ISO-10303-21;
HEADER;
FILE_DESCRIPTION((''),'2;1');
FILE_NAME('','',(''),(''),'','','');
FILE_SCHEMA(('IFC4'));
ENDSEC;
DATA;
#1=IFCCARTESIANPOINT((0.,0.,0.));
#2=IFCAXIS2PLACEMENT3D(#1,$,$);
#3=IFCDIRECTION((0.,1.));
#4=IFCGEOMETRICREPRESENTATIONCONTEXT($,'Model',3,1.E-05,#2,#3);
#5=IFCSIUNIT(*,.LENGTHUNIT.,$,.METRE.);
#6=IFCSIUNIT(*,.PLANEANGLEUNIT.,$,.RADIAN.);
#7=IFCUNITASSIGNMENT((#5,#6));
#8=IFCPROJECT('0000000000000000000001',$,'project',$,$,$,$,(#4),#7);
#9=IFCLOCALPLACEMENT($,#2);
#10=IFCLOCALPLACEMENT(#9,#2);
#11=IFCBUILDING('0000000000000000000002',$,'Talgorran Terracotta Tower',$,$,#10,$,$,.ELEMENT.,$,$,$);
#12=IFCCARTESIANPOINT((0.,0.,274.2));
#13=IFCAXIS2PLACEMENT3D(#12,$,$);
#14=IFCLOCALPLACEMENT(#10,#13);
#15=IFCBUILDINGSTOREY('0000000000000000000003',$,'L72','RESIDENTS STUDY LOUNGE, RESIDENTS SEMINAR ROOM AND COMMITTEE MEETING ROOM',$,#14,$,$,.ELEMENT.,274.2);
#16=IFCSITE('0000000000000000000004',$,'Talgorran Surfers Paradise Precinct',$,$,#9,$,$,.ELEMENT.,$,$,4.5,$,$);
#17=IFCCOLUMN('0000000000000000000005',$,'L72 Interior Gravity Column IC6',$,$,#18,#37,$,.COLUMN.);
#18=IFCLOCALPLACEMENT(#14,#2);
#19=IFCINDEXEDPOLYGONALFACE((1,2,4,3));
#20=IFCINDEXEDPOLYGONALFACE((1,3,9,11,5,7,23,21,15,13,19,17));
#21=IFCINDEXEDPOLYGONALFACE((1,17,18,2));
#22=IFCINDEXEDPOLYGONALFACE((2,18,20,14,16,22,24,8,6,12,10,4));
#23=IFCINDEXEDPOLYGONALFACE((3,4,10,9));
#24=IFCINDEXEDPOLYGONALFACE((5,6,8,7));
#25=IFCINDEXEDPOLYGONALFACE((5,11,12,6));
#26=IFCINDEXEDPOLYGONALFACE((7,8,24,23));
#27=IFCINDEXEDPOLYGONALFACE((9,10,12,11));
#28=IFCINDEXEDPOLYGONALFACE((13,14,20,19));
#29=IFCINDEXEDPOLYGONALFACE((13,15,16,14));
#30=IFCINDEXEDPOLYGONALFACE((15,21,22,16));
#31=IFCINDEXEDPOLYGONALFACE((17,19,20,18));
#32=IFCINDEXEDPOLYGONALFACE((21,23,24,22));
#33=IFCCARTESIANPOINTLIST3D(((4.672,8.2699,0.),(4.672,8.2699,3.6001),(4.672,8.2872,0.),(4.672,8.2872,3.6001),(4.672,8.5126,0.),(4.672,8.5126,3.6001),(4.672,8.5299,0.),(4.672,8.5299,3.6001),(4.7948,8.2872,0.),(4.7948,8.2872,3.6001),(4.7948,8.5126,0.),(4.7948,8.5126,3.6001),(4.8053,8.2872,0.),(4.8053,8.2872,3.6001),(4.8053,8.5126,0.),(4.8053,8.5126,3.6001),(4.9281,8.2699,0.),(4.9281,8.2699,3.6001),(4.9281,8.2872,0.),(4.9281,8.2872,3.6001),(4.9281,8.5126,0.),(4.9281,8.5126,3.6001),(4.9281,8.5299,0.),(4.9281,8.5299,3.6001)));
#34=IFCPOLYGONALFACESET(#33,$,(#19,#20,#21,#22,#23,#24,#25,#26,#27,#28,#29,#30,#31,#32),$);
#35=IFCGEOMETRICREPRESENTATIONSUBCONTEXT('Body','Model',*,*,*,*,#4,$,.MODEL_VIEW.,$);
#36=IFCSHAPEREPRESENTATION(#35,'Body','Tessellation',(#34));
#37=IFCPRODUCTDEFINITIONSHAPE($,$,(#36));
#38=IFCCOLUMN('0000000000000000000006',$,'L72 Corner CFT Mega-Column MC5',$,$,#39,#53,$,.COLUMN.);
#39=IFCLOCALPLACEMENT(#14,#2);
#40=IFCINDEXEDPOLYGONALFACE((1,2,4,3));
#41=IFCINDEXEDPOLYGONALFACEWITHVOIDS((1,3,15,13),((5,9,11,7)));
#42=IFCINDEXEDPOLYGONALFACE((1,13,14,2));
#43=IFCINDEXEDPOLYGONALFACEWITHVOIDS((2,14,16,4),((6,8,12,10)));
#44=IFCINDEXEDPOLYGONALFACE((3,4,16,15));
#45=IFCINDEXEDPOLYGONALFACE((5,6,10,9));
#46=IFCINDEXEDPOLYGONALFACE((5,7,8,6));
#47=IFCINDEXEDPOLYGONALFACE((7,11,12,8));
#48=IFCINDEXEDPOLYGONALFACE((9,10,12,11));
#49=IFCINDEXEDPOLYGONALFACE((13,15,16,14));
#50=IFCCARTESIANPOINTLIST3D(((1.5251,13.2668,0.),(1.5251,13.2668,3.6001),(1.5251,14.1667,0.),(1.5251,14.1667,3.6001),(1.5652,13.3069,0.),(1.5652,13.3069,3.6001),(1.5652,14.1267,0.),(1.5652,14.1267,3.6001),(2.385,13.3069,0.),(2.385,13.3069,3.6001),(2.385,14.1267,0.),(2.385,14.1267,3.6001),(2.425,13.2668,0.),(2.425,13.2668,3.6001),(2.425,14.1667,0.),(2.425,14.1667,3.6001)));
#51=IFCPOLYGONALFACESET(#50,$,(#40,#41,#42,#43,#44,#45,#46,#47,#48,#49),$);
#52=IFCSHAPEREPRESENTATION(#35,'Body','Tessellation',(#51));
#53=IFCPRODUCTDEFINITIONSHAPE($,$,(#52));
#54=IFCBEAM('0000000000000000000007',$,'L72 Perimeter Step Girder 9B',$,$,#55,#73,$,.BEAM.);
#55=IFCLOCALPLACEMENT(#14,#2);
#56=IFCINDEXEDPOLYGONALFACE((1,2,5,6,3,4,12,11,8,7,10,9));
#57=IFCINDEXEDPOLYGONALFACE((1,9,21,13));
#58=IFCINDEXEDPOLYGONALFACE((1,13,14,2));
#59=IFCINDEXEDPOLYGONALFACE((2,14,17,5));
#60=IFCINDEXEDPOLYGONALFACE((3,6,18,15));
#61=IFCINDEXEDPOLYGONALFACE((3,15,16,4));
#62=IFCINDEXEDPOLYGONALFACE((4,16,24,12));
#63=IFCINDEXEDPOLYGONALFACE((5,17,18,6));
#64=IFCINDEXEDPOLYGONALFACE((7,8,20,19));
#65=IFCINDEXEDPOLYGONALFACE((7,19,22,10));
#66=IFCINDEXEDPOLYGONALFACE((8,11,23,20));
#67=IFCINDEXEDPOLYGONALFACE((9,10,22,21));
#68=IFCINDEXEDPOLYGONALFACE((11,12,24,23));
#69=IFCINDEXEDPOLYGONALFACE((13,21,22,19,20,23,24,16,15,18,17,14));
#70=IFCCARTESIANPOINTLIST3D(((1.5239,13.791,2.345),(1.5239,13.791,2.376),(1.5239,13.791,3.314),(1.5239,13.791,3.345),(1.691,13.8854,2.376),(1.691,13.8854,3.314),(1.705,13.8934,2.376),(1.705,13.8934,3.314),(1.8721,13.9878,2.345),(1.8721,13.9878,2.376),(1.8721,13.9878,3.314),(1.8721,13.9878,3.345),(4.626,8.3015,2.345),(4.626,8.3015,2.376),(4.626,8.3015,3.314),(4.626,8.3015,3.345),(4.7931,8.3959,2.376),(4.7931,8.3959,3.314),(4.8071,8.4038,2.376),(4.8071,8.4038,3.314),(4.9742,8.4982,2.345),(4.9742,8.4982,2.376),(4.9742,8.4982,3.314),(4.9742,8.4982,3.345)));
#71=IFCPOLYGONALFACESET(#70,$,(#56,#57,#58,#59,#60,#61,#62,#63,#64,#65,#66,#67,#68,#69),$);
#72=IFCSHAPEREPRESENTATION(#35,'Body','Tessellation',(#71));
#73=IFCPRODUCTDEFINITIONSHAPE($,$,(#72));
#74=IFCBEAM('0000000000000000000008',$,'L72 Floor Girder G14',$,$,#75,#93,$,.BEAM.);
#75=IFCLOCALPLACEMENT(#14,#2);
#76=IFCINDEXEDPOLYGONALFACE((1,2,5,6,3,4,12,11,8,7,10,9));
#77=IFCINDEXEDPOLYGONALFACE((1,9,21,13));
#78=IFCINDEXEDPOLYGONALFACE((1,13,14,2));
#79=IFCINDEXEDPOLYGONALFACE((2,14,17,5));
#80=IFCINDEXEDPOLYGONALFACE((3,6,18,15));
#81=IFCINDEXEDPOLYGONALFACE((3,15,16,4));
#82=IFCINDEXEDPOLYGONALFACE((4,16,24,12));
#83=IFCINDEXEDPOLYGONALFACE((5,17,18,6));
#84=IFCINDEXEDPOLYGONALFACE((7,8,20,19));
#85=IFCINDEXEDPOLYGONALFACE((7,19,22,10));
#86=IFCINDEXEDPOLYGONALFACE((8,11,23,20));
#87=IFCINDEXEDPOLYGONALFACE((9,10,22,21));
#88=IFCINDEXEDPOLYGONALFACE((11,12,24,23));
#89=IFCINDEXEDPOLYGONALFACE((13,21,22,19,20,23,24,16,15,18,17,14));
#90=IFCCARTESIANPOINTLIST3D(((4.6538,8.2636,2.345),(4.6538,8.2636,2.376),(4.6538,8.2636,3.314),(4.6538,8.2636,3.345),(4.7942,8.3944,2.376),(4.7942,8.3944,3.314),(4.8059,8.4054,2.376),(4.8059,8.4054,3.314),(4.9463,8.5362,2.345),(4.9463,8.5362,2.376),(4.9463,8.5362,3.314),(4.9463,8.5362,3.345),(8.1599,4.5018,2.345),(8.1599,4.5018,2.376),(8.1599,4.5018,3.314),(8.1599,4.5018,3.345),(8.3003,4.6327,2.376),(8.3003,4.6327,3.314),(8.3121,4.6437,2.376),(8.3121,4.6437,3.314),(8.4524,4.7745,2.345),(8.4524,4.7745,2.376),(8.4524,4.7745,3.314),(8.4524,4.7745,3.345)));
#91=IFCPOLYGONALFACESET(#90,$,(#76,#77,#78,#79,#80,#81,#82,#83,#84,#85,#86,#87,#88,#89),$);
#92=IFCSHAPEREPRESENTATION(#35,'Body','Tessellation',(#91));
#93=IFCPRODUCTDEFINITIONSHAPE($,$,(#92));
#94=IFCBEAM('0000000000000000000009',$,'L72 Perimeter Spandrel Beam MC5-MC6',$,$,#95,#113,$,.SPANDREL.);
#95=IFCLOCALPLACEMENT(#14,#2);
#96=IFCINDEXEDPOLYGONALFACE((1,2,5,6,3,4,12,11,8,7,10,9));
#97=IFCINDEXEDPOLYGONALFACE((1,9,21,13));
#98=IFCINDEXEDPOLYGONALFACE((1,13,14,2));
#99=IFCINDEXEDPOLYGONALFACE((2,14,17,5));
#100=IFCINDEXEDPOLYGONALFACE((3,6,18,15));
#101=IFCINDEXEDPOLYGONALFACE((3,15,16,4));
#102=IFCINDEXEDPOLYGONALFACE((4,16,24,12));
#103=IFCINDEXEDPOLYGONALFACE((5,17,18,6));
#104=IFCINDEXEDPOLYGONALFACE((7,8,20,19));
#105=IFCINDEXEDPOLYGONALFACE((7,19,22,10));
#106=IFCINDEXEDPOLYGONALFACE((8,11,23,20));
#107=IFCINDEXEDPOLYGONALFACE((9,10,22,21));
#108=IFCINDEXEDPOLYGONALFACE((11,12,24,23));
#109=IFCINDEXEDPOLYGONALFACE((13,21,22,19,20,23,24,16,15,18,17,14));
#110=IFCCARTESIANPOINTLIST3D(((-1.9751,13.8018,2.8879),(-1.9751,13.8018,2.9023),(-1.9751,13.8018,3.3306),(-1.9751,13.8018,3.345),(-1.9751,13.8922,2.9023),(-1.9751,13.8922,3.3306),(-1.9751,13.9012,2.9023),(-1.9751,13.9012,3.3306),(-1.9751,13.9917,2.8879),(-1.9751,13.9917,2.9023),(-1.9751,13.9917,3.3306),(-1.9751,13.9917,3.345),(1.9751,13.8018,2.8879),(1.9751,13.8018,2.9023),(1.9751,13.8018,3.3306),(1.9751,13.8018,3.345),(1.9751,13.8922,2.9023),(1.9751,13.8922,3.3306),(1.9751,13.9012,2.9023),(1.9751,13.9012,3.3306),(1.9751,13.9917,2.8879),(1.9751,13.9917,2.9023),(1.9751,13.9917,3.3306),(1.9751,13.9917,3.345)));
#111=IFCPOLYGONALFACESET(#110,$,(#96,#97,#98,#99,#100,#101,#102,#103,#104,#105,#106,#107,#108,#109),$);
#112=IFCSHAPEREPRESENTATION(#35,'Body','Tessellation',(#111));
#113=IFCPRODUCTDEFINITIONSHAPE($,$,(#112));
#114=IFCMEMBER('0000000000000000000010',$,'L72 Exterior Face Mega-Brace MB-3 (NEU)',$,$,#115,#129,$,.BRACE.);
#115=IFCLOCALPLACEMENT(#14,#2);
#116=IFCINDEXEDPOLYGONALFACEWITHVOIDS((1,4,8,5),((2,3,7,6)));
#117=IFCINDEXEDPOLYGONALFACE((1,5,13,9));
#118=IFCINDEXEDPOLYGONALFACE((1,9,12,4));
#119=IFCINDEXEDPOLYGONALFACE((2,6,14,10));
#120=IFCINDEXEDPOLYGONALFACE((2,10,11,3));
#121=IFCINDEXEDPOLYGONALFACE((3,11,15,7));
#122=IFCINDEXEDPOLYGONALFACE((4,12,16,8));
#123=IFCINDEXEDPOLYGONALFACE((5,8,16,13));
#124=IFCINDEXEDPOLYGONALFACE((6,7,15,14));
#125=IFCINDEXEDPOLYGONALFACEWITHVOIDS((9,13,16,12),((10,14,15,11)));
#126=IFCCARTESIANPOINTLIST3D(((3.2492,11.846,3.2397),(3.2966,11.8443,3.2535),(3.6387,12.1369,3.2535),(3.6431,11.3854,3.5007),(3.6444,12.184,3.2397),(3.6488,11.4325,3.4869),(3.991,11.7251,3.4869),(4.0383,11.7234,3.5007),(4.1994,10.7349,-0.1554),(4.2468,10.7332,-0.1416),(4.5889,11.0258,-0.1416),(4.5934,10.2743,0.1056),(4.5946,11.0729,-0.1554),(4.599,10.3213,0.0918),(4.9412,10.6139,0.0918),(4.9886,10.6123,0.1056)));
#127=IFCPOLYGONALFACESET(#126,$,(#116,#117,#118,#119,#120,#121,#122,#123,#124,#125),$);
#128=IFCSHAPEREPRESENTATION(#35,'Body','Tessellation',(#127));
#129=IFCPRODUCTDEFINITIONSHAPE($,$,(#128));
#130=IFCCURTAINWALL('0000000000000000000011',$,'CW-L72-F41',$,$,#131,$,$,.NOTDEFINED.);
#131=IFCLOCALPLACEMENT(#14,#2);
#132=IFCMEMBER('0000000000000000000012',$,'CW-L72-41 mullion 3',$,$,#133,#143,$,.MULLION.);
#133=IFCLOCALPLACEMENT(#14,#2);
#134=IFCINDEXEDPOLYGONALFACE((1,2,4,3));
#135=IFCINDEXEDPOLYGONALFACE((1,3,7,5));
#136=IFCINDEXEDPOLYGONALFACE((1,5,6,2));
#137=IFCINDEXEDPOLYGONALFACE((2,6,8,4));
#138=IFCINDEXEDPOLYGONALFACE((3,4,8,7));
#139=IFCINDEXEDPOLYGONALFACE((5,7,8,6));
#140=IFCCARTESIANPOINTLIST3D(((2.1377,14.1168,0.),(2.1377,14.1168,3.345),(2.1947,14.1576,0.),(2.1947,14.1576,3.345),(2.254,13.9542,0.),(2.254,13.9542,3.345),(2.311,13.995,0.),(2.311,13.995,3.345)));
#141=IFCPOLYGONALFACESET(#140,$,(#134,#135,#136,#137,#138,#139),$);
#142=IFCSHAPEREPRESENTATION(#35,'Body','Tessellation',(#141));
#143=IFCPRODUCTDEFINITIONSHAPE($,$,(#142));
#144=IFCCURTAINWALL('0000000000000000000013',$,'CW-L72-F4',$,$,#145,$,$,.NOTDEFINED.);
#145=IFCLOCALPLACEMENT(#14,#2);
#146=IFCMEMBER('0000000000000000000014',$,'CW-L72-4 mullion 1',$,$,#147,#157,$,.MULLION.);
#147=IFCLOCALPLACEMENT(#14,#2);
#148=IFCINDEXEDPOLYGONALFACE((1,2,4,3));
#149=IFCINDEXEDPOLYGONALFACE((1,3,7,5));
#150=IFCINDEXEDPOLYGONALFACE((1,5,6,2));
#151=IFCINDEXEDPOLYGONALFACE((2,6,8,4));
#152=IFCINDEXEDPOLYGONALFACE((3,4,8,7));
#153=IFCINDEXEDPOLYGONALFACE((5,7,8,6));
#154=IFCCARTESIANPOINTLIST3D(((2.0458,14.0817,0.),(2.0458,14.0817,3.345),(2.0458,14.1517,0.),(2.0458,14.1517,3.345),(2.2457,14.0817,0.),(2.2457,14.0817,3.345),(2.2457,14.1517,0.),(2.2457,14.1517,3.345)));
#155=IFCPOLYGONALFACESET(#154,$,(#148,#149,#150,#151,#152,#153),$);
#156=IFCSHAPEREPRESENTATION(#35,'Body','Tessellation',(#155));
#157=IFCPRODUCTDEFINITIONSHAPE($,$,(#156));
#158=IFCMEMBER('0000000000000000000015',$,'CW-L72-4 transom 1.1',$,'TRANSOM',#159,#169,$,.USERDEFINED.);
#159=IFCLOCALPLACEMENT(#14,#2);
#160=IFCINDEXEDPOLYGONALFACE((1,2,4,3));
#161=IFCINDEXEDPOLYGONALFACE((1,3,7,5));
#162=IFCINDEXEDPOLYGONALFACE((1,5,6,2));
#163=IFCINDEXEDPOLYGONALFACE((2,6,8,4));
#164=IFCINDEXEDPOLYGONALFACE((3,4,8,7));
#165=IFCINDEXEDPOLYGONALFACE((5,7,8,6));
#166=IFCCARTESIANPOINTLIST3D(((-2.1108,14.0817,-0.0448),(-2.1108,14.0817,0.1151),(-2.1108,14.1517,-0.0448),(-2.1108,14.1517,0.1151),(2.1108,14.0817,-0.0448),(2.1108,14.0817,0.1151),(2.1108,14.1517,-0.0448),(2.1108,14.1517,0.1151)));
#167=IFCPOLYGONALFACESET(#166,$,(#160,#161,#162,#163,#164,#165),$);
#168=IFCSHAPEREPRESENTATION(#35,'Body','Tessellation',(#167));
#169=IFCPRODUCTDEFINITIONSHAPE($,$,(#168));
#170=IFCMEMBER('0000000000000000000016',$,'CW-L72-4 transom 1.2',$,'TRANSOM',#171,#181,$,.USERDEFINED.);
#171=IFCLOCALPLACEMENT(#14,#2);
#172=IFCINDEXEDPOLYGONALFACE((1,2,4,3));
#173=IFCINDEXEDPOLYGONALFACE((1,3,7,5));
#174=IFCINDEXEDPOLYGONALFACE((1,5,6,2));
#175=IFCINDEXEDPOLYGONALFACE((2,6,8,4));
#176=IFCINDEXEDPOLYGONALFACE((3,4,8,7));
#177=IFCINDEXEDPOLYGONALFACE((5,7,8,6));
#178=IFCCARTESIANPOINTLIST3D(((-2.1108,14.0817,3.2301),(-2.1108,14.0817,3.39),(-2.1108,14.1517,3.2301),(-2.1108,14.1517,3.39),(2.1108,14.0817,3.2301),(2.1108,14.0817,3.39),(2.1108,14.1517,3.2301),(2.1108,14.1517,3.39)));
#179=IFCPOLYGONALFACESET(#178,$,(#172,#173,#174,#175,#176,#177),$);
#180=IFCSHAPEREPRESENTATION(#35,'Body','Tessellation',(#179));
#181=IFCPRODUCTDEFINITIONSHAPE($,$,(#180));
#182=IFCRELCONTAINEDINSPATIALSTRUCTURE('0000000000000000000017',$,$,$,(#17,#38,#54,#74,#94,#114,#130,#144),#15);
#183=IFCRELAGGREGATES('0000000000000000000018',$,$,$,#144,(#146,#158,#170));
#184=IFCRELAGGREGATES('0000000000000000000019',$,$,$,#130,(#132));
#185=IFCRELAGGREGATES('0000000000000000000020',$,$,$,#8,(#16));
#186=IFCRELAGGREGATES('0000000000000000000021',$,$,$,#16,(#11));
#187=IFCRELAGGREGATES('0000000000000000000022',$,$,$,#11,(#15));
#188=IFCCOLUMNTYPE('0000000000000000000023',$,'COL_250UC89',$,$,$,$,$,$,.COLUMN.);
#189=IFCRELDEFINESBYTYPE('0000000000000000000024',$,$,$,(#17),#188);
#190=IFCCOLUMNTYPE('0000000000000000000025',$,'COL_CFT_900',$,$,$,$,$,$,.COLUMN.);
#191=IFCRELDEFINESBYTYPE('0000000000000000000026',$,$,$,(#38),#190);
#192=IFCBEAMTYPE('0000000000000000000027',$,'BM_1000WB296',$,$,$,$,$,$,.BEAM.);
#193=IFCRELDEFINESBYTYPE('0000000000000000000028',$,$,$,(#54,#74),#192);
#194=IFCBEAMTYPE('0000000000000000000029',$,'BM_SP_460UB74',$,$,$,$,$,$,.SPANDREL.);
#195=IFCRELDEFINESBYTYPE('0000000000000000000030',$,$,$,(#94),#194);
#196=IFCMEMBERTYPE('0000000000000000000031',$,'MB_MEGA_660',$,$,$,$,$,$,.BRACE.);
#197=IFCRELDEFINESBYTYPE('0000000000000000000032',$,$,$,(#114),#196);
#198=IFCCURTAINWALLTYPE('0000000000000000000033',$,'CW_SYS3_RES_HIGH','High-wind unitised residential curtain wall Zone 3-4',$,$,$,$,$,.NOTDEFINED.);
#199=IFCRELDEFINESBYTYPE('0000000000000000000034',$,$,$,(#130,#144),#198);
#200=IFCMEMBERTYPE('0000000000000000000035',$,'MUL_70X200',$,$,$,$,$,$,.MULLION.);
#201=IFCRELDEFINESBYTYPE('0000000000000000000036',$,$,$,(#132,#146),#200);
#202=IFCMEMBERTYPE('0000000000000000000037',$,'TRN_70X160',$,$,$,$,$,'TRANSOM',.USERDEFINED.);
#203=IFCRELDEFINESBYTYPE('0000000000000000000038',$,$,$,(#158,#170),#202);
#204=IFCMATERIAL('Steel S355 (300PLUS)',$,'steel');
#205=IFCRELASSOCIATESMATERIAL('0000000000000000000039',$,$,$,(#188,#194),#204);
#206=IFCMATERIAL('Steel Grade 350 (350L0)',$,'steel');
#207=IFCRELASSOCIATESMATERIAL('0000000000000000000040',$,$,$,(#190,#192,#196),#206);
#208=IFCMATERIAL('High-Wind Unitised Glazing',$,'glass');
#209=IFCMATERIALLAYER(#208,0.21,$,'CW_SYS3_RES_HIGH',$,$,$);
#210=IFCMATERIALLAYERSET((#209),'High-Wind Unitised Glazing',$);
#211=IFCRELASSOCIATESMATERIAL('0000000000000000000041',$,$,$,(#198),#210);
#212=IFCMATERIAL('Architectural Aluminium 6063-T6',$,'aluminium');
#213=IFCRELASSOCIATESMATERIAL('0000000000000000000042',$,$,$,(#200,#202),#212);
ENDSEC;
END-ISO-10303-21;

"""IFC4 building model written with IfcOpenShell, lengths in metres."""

from ifc_helpers import new_model, si_unit, direction, frame, origin, origin_2d, place, context, subcontext, project, spatial, rectangle, hollow_rectangle, i_section, extrude, material, layer, layer_set, material_profile, profile_set, type_object, element, aggregate, save


model = new_model("IFC4")

# Units and contexts
model_context = context("Model", 3, precision=1e-05, world=origin(), true_north=direction((0.0, 1.0)))
body_context = subcontext(model_context, "Body", "Model", "MODEL_VIEW")
ifc_project = project(units=[si_unit("LENGTHUNIT", "METRE"), si_unit("PLANEANGLEUNIT", "RADIAN")], contexts=[model_context])

# Site, building, storey
site_placement = place(None, origin())
site = spatial("IfcSite", under=ifc_project, at=site_placement, Name="Talgorran Surfers Paradise Precinct", CompositionType="ELEMENT", RefElevation=4.5)
building_placement = place(site_placement, origin())
building = spatial("IfcBuilding", under=site, at=building_placement, Name="Talgorran Terracotta Tower", CompositionType="ELEMENT")
storey_placement = place(building_placement, frame((0.0, 0.0, 274.2)))
storey = spatial("IfcBuildingStorey", under=building, at=storey_placement, Name="L72", Description="RESIDENTS STUDY LOUNGE, RESIDENTS SEMINAR ROOM AND COMMITTEE MEETING ROOM", CompositionType="ELEMENT", Elevation=274.2)

# Columns
ifc_material_1 = material(Name="Steel S355 (300PLUS)", Category="steel")
ifc_material_profile_1 = material_profile(ifc_material_1, i_section(OverallWidth=0.2561, OverallDepth=0.26, WebThickness=0.0105, FlangeThickness=0.0173, at=origin_2d()), Name="250UC89.5")
ifc_profile_set_1 = profile_set([ifc_material_profile_1], Name="Steel S355 (300PLUS)")
column_type_1 = type_object("IfcColumnType", Name="COL_250UC89", PredefinedType="COLUMN", material=ifc_profile_set_1)
column_1_placement = place(storey_placement, frame((4.8, 8.3999, 0.0), z_axis=(0.0, 0.0, 1.0), x_axis=(1.0, 0.0, 0.0)))
element("IfcColumn", 1, at=column_1_placement, inside=storey, type_object=column_type_1, Name="L72 Interior Gravity Column IC6", PredefinedType="COLUMN", context=body_context, shape_type="SweptSolid", body=[
    extrude(i_section(OverallWidth=0.2561, OverallDepth=0.26, WebThickness=0.0105, FlangeThickness=0.0173, at=origin_2d()), origin(), (0.0, 0.0, 1.0), 3.6001),
])
ifc_material_2 = material(Name="Steel Grade 350 (350L0)", Category="steel")
ifc_material_profile_2 = material_profile(ifc_material_2, hollow_rectangle(XDim=0.8999, YDim=0.8999, WallThickness=0.04, at=origin_2d()), Name="CFT900X900X40")
ifc_profile_set_2 = profile_set([ifc_material_profile_2], Name="Steel Grade 350 (350L0)")
column_type_2 = type_object("IfcColumnType", Name="COL_CFT_900", PredefinedType="COLUMN", material=ifc_profile_set_2)
column_2_placement = place(storey_placement, frame((1.9751, 13.7168, 0.0), z_axis=(0.0, 0.0, 1.0), x_axis=(1.0, 0.0, 0.0)))
element("IfcColumn", 2, at=column_2_placement, inside=storey, type_object=column_type_2, Name="L72 Corner CFT Mega-Column MC5", PredefinedType="COLUMN", context=body_context, shape_type="SweptSolid", body=[
    extrude(hollow_rectangle(XDim=0.8999, YDim=0.8999, WallThickness=0.04, at=origin_2d()), origin(), (0.0, 0.0, 1.0), 3.6001),
])

# Beams
ifc_material_profile_3 = material_profile(ifc_material_2, i_section(OverallWidth=0.3999, OverallDepth=1.0, WebThickness=0.0161, FlangeThickness=0.031, at=origin_2d()), Name="1000WB296")
ifc_profile_set_3 = profile_set([ifc_material_profile_3], Name="Steel Grade 350 (350L0)")
beam_type_1 = type_object("IfcBeamType", Name="BM_1000WB296", PredefinedType="BEAM", material=ifc_profile_set_3)
beam_1_placement = place(storey_placement, frame((1.698, 13.8894, 2.845), z_axis=(0.491972, -0.870611, 0.0), x_axis=(0.870611, 0.491972, 0.0)))
element("IfcBeam", 3, at=beam_1_placement, inside=storey, type_object=beam_type_1, Name="L72 Perimeter Step Girder 9B", PredefinedType="BEAM", context=body_context, shape_type="SweptSolid", body=[
    extrude(i_section(OverallWidth=0.3999, OverallDepth=1.0, WebThickness=0.0161, FlangeThickness=0.031, at=origin_2d()), origin(), (0.0, 0.0, 1.0), 6.3054),
])
beam_2_placement = place(storey_placement, frame((4.8, 8.3999, 2.845), z_axis=(0.681816, -0.731524, 0.0), x_axis=(0.731524, 0.681816, 0.0)))
element("IfcBeam", 4, at=beam_2_placement, inside=storey, type_object=beam_type_1, Name="L72 Floor Girder G14", PredefinedType="BEAM", context=body_context, shape_type="SweptSolid", body=[
    extrude(i_section(OverallWidth=0.3999, OverallDepth=1.0, WebThickness=0.0161, FlangeThickness=0.031, at=origin_2d()), origin(), (0.0, 0.0, 1.0), 5.1423),
])
ifc_material_profile_4 = material_profile(ifc_material_1, i_section(OverallWidth=0.1899, OverallDepth=0.457, WebThickness=0.009, FlangeThickness=0.0144, at=origin_2d()), Name="460UB74.6")
ifc_profile_set_4 = profile_set([ifc_material_profile_4], Name="Steel S355 (300PLUS)")
beam_type_2 = type_object("IfcBeamType", Name="BM_SP_460UB74", PredefinedType="SPANDREL", material=ifc_profile_set_4)
beam_3_placement = place(storey_placement, frame((1.9751, 13.8967, 3.1165), z_axis=(-1.0, 0.0, 0.0), x_axis=(0.0, -1.0, 0.0)))
element("IfcBeam", 5, at=beam_3_placement, inside=storey, type_object=beam_type_2, Name="L72 Perimeter Spandrel Beam MC5-MC6", PredefinedType="SPANDREL", context=body_context, shape_type="SweptSolid", body=[
    extrude(i_section(OverallWidth=0.1899, OverallDepth=0.457, WebThickness=0.009, FlangeThickness=0.0144, at=origin_2d()), origin(), (0.0, 0.0, 1.0), 3.9502),
])

# Member
ifc_material_profile_5 = material_profile(ifc_material_2, hollow_rectangle(XDim=0.52, YDim=0.6599, WallThickness=0.0349, at=origin_2d()), Name="WBOX660X520X35")
ifc_profile_set_5 = profile_set([ifc_material_profile_5], Name="Steel Grade 350 (350L0)")
member_type_1 = type_object("IfcMemberType", Name="MB_MEGA_660", PredefinedType="BRACE", material=ifc_profile_set_5)
member_1_placement = place(storey_placement, frame((4.594, 10.6736, -0.0249), z_axis=(-0.257058, 0.300584, 0.918461), x_axis=(-0.759987, -0.649938, 0.0)))
element("IfcMember", 6, at=member_1_placement, inside=storey, type_object=member_type_1, Name="L72 Exterior Face Mega-Brace MB-3 (NEU)", PredefinedType="BRACE", context=body_context, shape_type="SweptSolid", body=[
    extrude(hollow_rectangle(XDim=0.52, YDim=0.6599, WallThickness=0.0349, at=origin_2d()), origin(), (0.0, 0.0, 1.0), 3.6965),
])

# Curtain wall, member
ifc_material_3 = material(Name="High-Wind Unitised Glazing", Category="glass")
ifc_layer_1 = layer(ifc_material_3, 0.21, Name="CW_SYS3_RES_HIGH")
ifc_layer_set_1 = layer_set([ifc_layer_1], Name="High-Wind Unitised Glazing")
curtain_wall_type = type_object("IfcCurtainWallType", Name="CW_SYS3_RES_HIGH", Description="High-wind unitised residential curtain wall Zone 3-4", PredefinedType="NOTDEFINED", material=ifc_layer_set_1)
curtain_wall_1_placement = place(storey_placement, origin())
curtain_wall_1 = element("IfcCurtainWall", 7, at=curtain_wall_1_placement, inside=storey, type_object=curtain_wall_type, Name="CW-L72-F41", PredefinedType="NOTDEFINED")
ifc_material_4 = material(Name="Architectural Aluminium 6063-T6", Category="aluminium")
ifc_material_profile_6 = material_profile(ifc_material_4, rectangle(XDim=0.0701, YDim=0.2, at=origin_2d()), Name="CWM70X200")
ifc_profile_set_6 = profile_set([ifc_material_profile_6], Name="Architectural Aluminium 6063-T6")
member_type_2 = type_object("IfcMemberType", Name="MUL_70X200", PredefinedType="MULLION", material=ifc_profile_set_6)
member_2_placement = place(storey_placement, frame((2.2244, 14.0559, 0.0), z_axis=(0.0, 0.0, 1.0), x_axis=(-0.81338, -0.581733, 0.0)))
member_2 = element("IfcMember", 8, at=member_2_placement, type_object=member_type_2, Name="CW-L72-41 mullion 3", PredefinedType="MULLION", context=body_context, shape_type="SweptSolid", body=[
    extrude(rectangle(XDim=0.0701, YDim=0.2, at=origin_2d()), origin(), (0.0, 0.0, 1.0), 3.345),
])

# Curtain wall, members
curtain_wall_2_placement = place(storey_placement, origin())
curtain_wall_2 = element("IfcCurtainWall", 9, at=curtain_wall_2_placement, inside=storey, type_object=curtain_wall_type, Name="CW-L72-F4", PredefinedType="NOTDEFINED")
member_3_placement = place(storey_placement, frame((2.1458, 14.1167, 0.0), z_axis=(0.0, 0.0, 1.0), x_axis=(0.0, -1.0, 0.0)))
member_3 = element("IfcMember", 10, at=member_3_placement, type_object=member_type_2, Name="CW-L72-4 mullion 1", PredefinedType="MULLION", context=body_context, shape_type="SweptSolid", body=[
    extrude(rectangle(XDim=0.0701, YDim=0.2, at=origin_2d()), origin(), (0.0, 0.0, 1.0), 3.345),
])
ifc_material_profile_7 = material_profile(ifc_material_4, rectangle(XDim=0.0701, YDim=0.1599, at=origin_2d()), Name="CWT70X160")
ifc_profile_set_7 = profile_set([ifc_material_profile_7], Name="Architectural Aluminium 6063-T6")
member_type_3 = type_object("IfcMemberType", Name="TRN_70X160", ElementType="TRANSOM", PredefinedType="USERDEFINED", material=ifc_profile_set_7)
member_4_placement = place(storey_placement, frame((2.1108, 14.1167, 0.0352), z_axis=(-1.0, 0.0, 0.0), x_axis=(0.0, -1.0, 0.0)))
member_4 = element("IfcMember", 11, at=member_4_placement, type_object=member_type_3, Name="CW-L72-4 transom 1.1", ObjectType="TRANSOM", PredefinedType="USERDEFINED", context=body_context, shape_type="SweptSolid", body=[
    extrude(rectangle(XDim=0.0701, YDim=0.1599, at=origin_2d()), origin(), (0.0, 0.0, 1.0), 4.2217),
])
member_5_placement = place(storey_placement, frame((2.1108, 14.1167, 3.3101), z_axis=(-1.0, 0.0, 0.0), x_axis=(0.0, -1.0, 0.0)))
member_5 = element("IfcMember", 12, at=member_5_placement, type_object=member_type_3, Name="CW-L72-4 transom 1.2", ObjectType="TRANSOM", PredefinedType="USERDEFINED", context=body_context, shape_type="SweptSolid", body=[
    extrude(rectangle(XDim=0.0701, YDim=0.1599, at=origin_2d()), origin(), (0.0, 0.0, 1.0), 4.2217),
])
aggregate(curtain_wall_2, [member_3, member_4, member_5])

aggregate(curtain_wall_1, [member_2])

save(model, "model.ifc")
